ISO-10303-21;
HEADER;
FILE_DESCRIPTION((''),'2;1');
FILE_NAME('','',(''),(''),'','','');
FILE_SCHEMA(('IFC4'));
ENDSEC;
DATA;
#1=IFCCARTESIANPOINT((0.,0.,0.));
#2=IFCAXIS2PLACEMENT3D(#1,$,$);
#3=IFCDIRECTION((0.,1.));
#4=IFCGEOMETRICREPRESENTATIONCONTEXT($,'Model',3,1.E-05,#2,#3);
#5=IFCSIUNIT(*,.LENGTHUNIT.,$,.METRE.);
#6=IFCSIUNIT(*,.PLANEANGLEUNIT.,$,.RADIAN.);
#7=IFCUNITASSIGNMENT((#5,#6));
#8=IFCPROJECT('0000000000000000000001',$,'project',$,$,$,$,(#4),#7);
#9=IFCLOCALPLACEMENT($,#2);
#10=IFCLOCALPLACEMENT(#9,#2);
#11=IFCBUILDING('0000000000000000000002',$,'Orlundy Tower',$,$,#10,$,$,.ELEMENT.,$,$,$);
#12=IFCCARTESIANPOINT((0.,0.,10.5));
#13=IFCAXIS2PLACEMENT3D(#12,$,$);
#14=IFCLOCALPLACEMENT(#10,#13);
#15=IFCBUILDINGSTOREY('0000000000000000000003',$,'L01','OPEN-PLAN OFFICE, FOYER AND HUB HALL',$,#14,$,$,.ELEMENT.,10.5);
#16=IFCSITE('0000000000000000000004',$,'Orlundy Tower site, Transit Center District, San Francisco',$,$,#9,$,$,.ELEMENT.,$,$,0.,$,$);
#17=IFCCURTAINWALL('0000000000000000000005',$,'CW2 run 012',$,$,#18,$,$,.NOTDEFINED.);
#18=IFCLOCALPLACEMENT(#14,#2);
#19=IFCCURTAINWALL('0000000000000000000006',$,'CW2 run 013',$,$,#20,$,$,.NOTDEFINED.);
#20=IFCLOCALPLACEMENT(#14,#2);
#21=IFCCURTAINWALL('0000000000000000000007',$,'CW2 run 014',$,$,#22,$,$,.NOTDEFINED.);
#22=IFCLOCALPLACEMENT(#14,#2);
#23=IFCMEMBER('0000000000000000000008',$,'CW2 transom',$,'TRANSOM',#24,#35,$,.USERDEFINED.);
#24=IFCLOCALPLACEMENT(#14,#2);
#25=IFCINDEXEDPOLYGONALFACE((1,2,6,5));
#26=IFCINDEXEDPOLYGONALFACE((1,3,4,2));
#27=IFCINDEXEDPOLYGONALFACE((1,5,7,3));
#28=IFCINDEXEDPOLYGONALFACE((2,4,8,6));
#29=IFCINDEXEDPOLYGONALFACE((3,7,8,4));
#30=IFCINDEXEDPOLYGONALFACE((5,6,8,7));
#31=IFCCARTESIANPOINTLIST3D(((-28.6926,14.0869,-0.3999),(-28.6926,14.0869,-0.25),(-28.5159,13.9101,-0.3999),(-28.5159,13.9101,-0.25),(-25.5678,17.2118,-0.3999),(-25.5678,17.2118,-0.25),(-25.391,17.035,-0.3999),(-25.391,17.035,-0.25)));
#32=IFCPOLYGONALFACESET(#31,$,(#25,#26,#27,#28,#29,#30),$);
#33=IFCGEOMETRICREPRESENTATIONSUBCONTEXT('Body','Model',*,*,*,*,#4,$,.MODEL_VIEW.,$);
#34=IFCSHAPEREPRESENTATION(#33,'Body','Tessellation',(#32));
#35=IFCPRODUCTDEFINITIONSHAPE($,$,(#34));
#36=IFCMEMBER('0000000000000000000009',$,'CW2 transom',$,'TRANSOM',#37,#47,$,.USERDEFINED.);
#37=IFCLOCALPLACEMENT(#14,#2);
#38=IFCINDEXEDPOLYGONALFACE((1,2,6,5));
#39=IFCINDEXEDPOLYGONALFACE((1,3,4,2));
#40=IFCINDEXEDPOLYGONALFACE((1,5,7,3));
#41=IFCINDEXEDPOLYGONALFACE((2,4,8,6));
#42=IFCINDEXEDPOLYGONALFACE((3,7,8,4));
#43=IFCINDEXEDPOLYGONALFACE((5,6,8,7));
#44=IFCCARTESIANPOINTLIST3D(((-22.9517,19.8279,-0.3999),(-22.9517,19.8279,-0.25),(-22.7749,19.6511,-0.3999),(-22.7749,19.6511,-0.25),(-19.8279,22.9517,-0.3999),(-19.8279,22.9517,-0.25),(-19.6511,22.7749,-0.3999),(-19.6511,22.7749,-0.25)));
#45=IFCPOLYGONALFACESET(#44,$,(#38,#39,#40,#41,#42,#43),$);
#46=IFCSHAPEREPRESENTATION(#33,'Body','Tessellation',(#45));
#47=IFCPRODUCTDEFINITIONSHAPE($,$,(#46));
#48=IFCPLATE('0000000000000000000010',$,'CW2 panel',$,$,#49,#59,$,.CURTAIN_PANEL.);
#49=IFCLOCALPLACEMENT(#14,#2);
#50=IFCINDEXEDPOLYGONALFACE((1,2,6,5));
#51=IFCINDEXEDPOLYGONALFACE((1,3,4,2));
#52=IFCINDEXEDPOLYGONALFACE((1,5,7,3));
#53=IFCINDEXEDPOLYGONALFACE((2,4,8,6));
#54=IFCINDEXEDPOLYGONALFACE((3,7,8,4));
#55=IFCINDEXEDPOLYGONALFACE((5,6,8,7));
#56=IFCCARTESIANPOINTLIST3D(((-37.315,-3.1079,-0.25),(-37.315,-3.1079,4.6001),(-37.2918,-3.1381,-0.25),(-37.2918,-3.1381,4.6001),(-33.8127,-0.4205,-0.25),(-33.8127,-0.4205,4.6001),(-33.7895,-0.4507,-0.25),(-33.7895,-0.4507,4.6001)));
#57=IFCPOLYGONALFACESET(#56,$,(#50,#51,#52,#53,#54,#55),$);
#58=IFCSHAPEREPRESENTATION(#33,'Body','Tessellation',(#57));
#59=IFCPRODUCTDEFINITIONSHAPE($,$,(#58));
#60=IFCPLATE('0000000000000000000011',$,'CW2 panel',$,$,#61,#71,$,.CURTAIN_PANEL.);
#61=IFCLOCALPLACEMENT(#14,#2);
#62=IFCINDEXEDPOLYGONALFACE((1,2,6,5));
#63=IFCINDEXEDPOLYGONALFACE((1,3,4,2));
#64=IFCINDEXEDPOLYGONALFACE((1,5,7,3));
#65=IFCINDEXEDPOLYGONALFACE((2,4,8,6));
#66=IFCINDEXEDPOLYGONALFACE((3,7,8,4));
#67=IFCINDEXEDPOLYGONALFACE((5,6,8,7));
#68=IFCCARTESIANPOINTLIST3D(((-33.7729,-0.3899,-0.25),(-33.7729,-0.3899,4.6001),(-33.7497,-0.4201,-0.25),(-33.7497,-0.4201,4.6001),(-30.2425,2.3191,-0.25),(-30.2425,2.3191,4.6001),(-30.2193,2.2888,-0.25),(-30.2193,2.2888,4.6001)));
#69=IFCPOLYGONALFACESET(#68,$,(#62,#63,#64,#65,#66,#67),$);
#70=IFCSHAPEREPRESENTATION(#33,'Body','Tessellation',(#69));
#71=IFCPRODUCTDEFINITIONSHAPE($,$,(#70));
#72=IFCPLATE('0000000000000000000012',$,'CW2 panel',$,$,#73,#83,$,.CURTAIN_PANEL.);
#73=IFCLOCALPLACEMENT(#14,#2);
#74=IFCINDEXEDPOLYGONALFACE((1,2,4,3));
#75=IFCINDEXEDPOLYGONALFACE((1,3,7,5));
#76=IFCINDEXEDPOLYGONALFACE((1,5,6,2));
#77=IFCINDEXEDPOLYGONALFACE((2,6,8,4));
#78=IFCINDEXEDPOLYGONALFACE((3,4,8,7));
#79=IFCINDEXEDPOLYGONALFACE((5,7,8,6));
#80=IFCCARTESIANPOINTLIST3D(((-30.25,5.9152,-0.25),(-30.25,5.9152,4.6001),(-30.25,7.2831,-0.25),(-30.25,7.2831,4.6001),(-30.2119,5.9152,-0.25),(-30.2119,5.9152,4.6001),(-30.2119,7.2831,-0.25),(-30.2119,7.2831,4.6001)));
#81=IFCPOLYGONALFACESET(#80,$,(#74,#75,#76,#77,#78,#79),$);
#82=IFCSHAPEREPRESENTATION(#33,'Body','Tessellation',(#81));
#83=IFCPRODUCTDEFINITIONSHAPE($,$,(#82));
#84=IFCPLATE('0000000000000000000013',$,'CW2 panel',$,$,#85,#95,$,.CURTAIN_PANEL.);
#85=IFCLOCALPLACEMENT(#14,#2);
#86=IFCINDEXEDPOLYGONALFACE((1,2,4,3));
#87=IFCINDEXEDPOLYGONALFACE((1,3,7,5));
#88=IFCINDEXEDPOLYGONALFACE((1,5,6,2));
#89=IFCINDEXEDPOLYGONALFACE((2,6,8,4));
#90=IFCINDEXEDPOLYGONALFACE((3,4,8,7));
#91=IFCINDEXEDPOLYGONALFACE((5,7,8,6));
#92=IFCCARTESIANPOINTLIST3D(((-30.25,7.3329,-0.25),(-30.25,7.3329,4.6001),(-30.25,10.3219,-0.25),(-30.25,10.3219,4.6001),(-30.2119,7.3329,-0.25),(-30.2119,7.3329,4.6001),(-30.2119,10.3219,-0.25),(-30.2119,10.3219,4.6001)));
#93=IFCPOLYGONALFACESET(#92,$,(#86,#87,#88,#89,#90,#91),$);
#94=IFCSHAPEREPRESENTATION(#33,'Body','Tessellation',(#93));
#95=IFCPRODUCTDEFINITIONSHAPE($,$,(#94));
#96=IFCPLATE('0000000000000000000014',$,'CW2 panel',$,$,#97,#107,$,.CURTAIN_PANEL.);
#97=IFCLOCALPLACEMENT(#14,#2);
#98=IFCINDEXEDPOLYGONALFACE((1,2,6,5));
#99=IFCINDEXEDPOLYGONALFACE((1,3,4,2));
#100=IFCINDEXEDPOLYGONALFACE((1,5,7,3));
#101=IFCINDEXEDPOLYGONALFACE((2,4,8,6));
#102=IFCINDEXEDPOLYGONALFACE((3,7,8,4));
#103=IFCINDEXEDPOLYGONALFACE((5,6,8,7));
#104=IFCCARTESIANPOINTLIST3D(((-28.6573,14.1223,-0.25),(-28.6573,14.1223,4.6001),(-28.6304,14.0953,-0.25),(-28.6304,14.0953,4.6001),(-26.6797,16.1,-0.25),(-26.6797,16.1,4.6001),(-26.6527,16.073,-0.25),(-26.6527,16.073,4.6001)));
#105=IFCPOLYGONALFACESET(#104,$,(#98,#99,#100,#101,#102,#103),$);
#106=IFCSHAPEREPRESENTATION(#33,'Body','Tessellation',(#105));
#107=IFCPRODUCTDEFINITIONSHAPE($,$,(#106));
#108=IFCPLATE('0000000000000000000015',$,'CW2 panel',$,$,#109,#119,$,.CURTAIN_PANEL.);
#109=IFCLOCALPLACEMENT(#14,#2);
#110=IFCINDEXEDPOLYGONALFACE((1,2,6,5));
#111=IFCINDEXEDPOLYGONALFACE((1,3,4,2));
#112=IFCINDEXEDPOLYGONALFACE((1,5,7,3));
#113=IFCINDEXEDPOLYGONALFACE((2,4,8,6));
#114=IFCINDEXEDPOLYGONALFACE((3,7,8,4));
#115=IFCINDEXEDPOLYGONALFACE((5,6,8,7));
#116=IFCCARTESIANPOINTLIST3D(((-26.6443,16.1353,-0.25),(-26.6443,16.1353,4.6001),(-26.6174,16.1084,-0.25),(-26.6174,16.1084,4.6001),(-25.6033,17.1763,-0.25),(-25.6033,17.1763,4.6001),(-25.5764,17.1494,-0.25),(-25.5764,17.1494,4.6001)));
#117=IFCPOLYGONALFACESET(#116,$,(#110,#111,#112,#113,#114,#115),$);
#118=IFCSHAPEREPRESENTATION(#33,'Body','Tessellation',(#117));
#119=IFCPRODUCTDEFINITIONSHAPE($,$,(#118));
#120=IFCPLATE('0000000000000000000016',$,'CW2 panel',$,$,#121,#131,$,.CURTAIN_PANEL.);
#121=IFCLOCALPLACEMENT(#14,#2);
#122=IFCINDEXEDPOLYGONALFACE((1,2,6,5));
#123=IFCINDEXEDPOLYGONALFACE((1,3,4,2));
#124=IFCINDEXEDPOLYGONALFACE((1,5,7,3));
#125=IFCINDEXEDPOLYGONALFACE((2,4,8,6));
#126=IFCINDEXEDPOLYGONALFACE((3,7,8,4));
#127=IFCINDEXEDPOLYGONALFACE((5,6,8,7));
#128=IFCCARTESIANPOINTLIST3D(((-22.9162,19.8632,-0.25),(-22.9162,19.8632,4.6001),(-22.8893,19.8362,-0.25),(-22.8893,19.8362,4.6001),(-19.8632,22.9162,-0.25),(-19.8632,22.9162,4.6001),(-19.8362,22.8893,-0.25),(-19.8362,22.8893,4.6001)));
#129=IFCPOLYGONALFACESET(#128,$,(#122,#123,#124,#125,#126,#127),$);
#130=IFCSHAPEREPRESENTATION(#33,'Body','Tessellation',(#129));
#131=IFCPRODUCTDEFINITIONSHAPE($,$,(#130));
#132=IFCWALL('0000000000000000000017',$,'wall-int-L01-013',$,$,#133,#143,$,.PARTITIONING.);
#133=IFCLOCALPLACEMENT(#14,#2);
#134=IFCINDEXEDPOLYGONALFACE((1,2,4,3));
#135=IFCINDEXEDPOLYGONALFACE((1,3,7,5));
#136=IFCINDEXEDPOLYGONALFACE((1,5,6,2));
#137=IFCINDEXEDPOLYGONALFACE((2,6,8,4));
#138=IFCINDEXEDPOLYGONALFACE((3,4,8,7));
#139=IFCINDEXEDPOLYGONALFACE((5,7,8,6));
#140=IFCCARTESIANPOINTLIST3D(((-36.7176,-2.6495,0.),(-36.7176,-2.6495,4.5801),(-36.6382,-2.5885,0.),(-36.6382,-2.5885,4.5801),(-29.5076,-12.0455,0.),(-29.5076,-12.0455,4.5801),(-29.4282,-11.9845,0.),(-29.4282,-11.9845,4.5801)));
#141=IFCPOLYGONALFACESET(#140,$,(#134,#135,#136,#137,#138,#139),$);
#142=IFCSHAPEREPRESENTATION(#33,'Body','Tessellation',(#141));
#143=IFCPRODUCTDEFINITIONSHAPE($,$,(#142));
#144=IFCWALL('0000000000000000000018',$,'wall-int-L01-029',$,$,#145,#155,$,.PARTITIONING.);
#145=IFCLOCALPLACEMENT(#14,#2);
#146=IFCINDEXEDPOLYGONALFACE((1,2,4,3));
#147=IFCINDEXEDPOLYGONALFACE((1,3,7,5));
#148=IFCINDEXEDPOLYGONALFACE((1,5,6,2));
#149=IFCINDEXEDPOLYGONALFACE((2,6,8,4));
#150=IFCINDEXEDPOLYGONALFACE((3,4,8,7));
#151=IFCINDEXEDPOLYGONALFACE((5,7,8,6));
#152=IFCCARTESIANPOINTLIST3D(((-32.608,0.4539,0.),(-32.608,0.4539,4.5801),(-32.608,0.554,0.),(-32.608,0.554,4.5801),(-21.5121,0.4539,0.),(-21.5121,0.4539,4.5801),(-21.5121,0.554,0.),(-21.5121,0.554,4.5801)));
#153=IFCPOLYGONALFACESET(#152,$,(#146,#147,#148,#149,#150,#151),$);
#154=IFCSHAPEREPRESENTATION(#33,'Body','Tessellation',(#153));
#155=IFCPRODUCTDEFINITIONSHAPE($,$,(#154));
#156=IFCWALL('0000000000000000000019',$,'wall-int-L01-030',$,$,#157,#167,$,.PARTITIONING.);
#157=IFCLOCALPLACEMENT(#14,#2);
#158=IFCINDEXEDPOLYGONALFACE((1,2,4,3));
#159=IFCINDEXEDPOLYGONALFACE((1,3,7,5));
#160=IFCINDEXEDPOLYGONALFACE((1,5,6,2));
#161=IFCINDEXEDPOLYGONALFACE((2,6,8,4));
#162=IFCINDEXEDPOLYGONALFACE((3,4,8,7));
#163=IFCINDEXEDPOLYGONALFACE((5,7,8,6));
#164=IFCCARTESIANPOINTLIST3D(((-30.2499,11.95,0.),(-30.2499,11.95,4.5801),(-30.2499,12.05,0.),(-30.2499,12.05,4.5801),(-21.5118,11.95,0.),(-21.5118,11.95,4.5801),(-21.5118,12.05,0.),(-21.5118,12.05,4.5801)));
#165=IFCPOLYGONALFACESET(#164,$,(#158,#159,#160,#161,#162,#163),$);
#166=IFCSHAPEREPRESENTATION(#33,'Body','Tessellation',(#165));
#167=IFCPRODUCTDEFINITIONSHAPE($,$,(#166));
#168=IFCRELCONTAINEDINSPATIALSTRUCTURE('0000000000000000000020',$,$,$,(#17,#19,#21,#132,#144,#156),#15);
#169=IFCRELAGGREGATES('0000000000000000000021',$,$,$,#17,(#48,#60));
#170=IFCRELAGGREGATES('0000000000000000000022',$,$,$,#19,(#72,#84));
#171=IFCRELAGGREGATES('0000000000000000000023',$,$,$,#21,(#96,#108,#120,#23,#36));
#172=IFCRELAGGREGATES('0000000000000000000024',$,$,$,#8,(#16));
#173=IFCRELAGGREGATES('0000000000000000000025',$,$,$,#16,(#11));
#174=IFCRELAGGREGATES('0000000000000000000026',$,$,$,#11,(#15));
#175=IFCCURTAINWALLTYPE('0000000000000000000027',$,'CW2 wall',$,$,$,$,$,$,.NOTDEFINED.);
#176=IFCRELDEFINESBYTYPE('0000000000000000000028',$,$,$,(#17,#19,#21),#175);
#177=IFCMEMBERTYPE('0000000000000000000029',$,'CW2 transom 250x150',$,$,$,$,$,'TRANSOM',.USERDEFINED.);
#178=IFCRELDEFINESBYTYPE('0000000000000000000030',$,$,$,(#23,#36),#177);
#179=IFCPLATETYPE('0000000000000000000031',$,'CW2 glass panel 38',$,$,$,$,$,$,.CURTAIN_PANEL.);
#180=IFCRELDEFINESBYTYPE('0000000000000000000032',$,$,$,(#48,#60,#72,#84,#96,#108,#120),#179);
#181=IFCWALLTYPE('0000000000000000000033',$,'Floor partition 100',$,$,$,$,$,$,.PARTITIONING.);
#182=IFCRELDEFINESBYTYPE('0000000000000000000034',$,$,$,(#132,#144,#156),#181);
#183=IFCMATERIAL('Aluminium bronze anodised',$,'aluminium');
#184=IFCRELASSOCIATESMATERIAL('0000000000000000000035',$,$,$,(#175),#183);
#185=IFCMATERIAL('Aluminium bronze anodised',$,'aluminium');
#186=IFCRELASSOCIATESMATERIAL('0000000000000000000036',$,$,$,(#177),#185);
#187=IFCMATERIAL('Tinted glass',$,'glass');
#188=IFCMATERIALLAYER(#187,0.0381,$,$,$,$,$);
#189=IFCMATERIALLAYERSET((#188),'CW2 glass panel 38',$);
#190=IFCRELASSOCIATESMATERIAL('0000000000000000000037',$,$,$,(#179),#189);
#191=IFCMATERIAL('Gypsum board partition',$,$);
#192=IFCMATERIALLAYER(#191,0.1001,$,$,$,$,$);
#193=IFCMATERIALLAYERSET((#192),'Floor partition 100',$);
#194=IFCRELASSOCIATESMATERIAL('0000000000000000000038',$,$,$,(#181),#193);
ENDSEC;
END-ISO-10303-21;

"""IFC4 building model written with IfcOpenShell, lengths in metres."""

from ifc_helpers import new_model, si_unit, direction, frame, frame_2d, origin, origin_2d, place, context, subcontext, project, spatial, rectangle, extrude, material, layer, layer_set, material_profile, profile_set, type_object, element, aggregate, save


model = new_model("IFC4")

# Units and contexts
model_context = context("Model", 3, precision=1e-05, world=origin(), true_north=direction((0.0, 1.0)))
body_context = subcontext(model_context, "Body", "Model", "MODEL_VIEW")
ifc_project = project(units=[si_unit("LENGTHUNIT", "METRE"), si_unit("PLANEANGLEUNIT", "RADIAN")], contexts=[model_context])

# Site, building, storey
site_placement = place(None, origin())
site = spatial("IfcSite", under=ifc_project, at=site_placement, Name="Orlundy Tower site, Transit Center District, San Francisco", CompositionType="ELEMENT", RefElevation=0.0)
building_placement = place(site_placement, origin())
building = spatial("IfcBuilding", under=site, at=building_placement, Name="Orlundy Tower", CompositionType="ELEMENT")
storey_placement = place(building_placement, frame((0.0, 0.0, 10.5)))
storey = spatial("IfcBuildingStorey", under=building, at=storey_placement, Name="L01", Description="OPEN-PLAN OFFICE, FOYER AND HUB HALL", CompositionType="ELEMENT", Elevation=10.5)

# Curtain wall
ifc_material_1 = material(Name="Aluminium bronze anodised", Category="aluminium")
curtain_wall_type = type_object("IfcCurtainWallType", Name="CW2 wall", PredefinedType="NOTDEFINED", material=ifc_material_1)
curtain_wall_1_placement = place(storey_placement, origin())
curtain_wall_1 = element("IfcCurtainWall", 1, at=curtain_wall_1_placement, inside=storey, type_object=curtain_wall_type, Name="CW2 run 012", PredefinedType="NOTDEFINED")

# Curtain walls
curtain_wall_2_placement = place(storey_placement, origin())
curtain_wall_2 = element("IfcCurtainWall", 2, at=curtain_wall_2_placement, inside=storey, type_object=curtain_wall_type, Name="CW2 run 013", PredefinedType="NOTDEFINED")
curtain_wall_3_placement = place(storey_placement, origin())
curtain_wall_3 = element("IfcCurtainWall", 3, at=curtain_wall_3_placement, inside=storey, type_object=curtain_wall_type, Name="CW2 run 014", PredefinedType="NOTDEFINED")

# Members
ifc_material_2 = material(Name="Aluminium bronze anodised", Category="aluminium")
ifc_material_profile_1 = material_profile(ifc_material_2, rectangle(XDim=0.25, YDim=0.1499, at=origin_2d()), Name="CW2 transom 250x150")
ifc_profile_set_1 = profile_set([ifc_material_profile_1], Name="Aluminium bronze anodised")
member_type_1 = type_object("IfcMemberType", Name="CW2 transom 250x150", ElementType="TRANSOM", PredefinedType="USERDEFINED", material=ifc_profile_set_1)
member_1_placement = place(storey_placement, frame((-28.6042, 13.9985, -0.325), z_axis=(0.707107, 0.707107, 0.0), x_axis=(-0.707107, 0.707107, 0.0)))
member_1 = element("IfcMember", 4, at=member_1_placement, type_object=member_type_1, Name="CW2 transom", ObjectType="TRANSOM", PredefinedType="USERDEFINED", context=body_context, shape_type="SweptSolid", body=[
    extrude(rectangle(XDim=0.25, YDim=0.1499, at=origin_2d()), origin(), (0.0, 0.0, 1.0), 4.4192),
])
member_2_placement = place(storey_placement, frame((-22.8633, 19.7395, -0.325), z_axis=(0.707107, 0.707107, 0.0), x_axis=(-0.707107, 0.707107, 0.0)))
member_2 = element("IfcMember", 5, at=member_2_placement, type_object=member_type_1, Name="CW2 transom", ObjectType="TRANSOM", PredefinedType="USERDEFINED", context=body_context, shape_type="SweptSolid", body=[
    extrude(rectangle(XDim=0.25, YDim=0.1499, at=origin_2d()), origin(), (0.0, 0.0, 1.0), 4.4177),
])

# Plates
ifc_material_3 = material(Name="Tinted glass", Category="glass")
ifc_layer_1 = layer(ifc_material_3, 0.0381)
ifc_layer_set_1 = layer_set([ifc_layer_1], Name="CW2 glass panel 38")
plate_type = type_object("IfcPlateType", Name="CW2 glass panel 38", PredefinedType="CURTAIN_PANEL", material=ifc_layer_set_1)
plate_1_placement = place(storey_placement, frame((-35.5522, -1.7793, -0.25), z_axis=(0.0, 0.0, 1.0), x_axis=(0.793348, 0.608768, 0.0)))
plate_1 = element("IfcPlate", 6, at=plate_1_placement, type_object=plate_type, Name="CW2 panel", PredefinedType="CURTAIN_PANEL", context=body_context, shape_type="SweptSolid", body=[
    extrude(rectangle(XDim=4.4146, YDim=0.0381, at=origin_2d()), origin(), (0.0, 0.0, 1.0), 4.8501),
])
plate_2_placement = place(storey_placement, frame((-31.9961, 0.9495, -0.25), z_axis=(0.0, 0.0, 1.0), x_axis=(0.793348, 0.608768, 0.0)))
plate_2 = element("IfcPlate", 7, at=plate_2_placement, type_object=plate_type, Name="CW2 panel", PredefinedType="CURTAIN_PANEL", context=body_context, shape_type="SweptSolid", body=[
    extrude(rectangle(XDim=4.45, YDim=0.0381, at=origin_2d()), origin(), (0.0, 0.0, 1.0), 4.8501),
])
aggregate(curtain_wall_1, [plate_1, plate_2])
plate_3_placement = place(storey_placement, frame((-30.231, 6.5991, -0.25), z_axis=(0.0, 0.0, 1.0), x_axis=(0.0, 1.0, 0.0)))
plate_3 = element("IfcPlate", 8, at=plate_3_placement, type_object=plate_type, Name="CW2 panel", PredefinedType="CURTAIN_PANEL", context=body_context, shape_type="SweptSolid", body=[
    extrude(rectangle(XDim=1.3679, YDim=0.0381, at=origin_2d()), origin(), (0.0, 0.0, 1.0), 4.8501),
])
plate_4_placement = place(storey_placement, frame((-30.231, 8.8274, -0.25), z_axis=(0.0, 0.0, 1.0), x_axis=(0.0, 1.0, 0.0)))
plate_4 = element("IfcPlate", 9, at=plate_4_placement, type_object=plate_type, Name="CW2 panel", PredefinedType="CURTAIN_PANEL", context=body_context, shape_type="SweptSolid", body=[
    extrude(rectangle(XDim=2.989, YDim=0.0381, at=origin_2d()), origin(), (0.0, 0.0, 1.0), 4.8501),
])
aggregate(curtain_wall_2, [plate_3, plate_4])
plate_5_placement = place(storey_placement, frame((-27.655, 15.0977, -0.25), z_axis=(0.0, 0.0, 1.0), x_axis=(0.707107, 0.707107, 0.0)))
plate_5 = element("IfcPlate", 10, at=plate_5_placement, type_object=plate_type, Name="CW2 panel", PredefinedType="CURTAIN_PANEL", context=body_context, shape_type="SweptSolid", body=[
    extrude(rectangle(XDim=2.7969, YDim=0.0381, at=origin_2d()), origin(), (0.0, 0.0, 1.0), 4.8501),
])
plate_6_placement = place(storey_placement, frame((-26.1104, 16.6423, -0.25), z_axis=(0.0, 0.0, 1.0), x_axis=(0.707107, 0.707107, 0.0)))
plate_6 = element("IfcPlate", 11, at=plate_6_placement, type_object=plate_type, Name="CW2 panel", PredefinedType="CURTAIN_PANEL", context=body_context, shape_type="SweptSolid", body=[
    extrude(rectangle(XDim=1.4722, YDim=0.0381, at=origin_2d()), origin(), (0.0, 0.0, 1.0), 4.8501),
])
plate_7_placement = place(storey_placement, frame((-21.3762, 21.3762, -0.25), z_axis=(0.0, 0.0, 1.0), x_axis=(0.707107, 0.707107, 0.0)))
plate_7 = element("IfcPlate", 12, at=plate_7_placement, type_object=plate_type, Name="CW2 panel", PredefinedType="CURTAIN_PANEL", context=body_context, shape_type="SweptSolid", body=[
    extrude(rectangle(XDim=4.3176, YDim=0.0381, at=origin_2d()), origin(), (0.0, 0.0, 1.0), 4.8501),
])
aggregate(curtain_wall_3, [plate_5, plate_6, plate_7, member_1, member_2])

# Walls
ifc_material_4 = material(Name="Gypsum board partition")
ifc_layer_2 = layer(ifc_material_4, 0.1001)
ifc_layer_set_2 = layer_set([ifc_layer_2], Name="Floor partition 100")
wall_type_1 = type_object("IfcWallType", Name="Floor partition 100", PredefinedType="PARTITIONING", material=ifc_layer_set_2)
wall_1_placement = place(storey_placement, frame((-36.678, -2.6189, 0.0), z_axis=(0.0, 0.0, 1.0), x_axis=(0.60877, -0.793347, 0.0)))
element("IfcWall", 13, at=wall_1_placement, inside=storey, type_object=wall_type_1, Name="wall-int-L01-013", PredefinedType="PARTITIONING", context=body_context, shape_type="SweptSolid", body=[
    extrude(rectangle(XDim=11.8435, YDim=0.1001, at=frame_2d((5.9219, 0.0))), origin(), (0.0, 0.0, 1.0), 4.5801),
])
wall_2_placement = place(storey_placement, frame((-32.6079, 0.5039, 0.0), z_axis=(0.0, 0.0, 1.0), x_axis=(1.0, 0.0, 0.0)))
element("IfcWall", 14, at=wall_2_placement, inside=storey, type_object=wall_type_1, Name="wall-int-L01-029", PredefinedType="PARTITIONING", context=body_context, shape_type="SweptSolid", body=[
    extrude(rectangle(XDim=11.0959, YDim=0.1001, at=frame_2d((5.5479, 0.0))), origin(), (0.0, 0.0, 1.0), 4.5801),
])
wall_3_placement = place(storey_placement, frame((-30.25, 12.0, 0.0), z_axis=(0.0, 0.0, 1.0), x_axis=(1.0, 0.0, 0.0)))
element("IfcWall", 15, at=wall_3_placement, inside=storey, type_object=wall_type_1, Name="wall-int-L01-030", PredefinedType="PARTITIONING", context=body_context, shape_type="SweptSolid", body=[
    extrude(rectangle(XDim=8.738, YDim=0.1001, at=frame_2d((4.3691, 0.0))), origin(), (0.0, 0.0, 1.0), 4.5801),
])

save(model, "model.ifc")
